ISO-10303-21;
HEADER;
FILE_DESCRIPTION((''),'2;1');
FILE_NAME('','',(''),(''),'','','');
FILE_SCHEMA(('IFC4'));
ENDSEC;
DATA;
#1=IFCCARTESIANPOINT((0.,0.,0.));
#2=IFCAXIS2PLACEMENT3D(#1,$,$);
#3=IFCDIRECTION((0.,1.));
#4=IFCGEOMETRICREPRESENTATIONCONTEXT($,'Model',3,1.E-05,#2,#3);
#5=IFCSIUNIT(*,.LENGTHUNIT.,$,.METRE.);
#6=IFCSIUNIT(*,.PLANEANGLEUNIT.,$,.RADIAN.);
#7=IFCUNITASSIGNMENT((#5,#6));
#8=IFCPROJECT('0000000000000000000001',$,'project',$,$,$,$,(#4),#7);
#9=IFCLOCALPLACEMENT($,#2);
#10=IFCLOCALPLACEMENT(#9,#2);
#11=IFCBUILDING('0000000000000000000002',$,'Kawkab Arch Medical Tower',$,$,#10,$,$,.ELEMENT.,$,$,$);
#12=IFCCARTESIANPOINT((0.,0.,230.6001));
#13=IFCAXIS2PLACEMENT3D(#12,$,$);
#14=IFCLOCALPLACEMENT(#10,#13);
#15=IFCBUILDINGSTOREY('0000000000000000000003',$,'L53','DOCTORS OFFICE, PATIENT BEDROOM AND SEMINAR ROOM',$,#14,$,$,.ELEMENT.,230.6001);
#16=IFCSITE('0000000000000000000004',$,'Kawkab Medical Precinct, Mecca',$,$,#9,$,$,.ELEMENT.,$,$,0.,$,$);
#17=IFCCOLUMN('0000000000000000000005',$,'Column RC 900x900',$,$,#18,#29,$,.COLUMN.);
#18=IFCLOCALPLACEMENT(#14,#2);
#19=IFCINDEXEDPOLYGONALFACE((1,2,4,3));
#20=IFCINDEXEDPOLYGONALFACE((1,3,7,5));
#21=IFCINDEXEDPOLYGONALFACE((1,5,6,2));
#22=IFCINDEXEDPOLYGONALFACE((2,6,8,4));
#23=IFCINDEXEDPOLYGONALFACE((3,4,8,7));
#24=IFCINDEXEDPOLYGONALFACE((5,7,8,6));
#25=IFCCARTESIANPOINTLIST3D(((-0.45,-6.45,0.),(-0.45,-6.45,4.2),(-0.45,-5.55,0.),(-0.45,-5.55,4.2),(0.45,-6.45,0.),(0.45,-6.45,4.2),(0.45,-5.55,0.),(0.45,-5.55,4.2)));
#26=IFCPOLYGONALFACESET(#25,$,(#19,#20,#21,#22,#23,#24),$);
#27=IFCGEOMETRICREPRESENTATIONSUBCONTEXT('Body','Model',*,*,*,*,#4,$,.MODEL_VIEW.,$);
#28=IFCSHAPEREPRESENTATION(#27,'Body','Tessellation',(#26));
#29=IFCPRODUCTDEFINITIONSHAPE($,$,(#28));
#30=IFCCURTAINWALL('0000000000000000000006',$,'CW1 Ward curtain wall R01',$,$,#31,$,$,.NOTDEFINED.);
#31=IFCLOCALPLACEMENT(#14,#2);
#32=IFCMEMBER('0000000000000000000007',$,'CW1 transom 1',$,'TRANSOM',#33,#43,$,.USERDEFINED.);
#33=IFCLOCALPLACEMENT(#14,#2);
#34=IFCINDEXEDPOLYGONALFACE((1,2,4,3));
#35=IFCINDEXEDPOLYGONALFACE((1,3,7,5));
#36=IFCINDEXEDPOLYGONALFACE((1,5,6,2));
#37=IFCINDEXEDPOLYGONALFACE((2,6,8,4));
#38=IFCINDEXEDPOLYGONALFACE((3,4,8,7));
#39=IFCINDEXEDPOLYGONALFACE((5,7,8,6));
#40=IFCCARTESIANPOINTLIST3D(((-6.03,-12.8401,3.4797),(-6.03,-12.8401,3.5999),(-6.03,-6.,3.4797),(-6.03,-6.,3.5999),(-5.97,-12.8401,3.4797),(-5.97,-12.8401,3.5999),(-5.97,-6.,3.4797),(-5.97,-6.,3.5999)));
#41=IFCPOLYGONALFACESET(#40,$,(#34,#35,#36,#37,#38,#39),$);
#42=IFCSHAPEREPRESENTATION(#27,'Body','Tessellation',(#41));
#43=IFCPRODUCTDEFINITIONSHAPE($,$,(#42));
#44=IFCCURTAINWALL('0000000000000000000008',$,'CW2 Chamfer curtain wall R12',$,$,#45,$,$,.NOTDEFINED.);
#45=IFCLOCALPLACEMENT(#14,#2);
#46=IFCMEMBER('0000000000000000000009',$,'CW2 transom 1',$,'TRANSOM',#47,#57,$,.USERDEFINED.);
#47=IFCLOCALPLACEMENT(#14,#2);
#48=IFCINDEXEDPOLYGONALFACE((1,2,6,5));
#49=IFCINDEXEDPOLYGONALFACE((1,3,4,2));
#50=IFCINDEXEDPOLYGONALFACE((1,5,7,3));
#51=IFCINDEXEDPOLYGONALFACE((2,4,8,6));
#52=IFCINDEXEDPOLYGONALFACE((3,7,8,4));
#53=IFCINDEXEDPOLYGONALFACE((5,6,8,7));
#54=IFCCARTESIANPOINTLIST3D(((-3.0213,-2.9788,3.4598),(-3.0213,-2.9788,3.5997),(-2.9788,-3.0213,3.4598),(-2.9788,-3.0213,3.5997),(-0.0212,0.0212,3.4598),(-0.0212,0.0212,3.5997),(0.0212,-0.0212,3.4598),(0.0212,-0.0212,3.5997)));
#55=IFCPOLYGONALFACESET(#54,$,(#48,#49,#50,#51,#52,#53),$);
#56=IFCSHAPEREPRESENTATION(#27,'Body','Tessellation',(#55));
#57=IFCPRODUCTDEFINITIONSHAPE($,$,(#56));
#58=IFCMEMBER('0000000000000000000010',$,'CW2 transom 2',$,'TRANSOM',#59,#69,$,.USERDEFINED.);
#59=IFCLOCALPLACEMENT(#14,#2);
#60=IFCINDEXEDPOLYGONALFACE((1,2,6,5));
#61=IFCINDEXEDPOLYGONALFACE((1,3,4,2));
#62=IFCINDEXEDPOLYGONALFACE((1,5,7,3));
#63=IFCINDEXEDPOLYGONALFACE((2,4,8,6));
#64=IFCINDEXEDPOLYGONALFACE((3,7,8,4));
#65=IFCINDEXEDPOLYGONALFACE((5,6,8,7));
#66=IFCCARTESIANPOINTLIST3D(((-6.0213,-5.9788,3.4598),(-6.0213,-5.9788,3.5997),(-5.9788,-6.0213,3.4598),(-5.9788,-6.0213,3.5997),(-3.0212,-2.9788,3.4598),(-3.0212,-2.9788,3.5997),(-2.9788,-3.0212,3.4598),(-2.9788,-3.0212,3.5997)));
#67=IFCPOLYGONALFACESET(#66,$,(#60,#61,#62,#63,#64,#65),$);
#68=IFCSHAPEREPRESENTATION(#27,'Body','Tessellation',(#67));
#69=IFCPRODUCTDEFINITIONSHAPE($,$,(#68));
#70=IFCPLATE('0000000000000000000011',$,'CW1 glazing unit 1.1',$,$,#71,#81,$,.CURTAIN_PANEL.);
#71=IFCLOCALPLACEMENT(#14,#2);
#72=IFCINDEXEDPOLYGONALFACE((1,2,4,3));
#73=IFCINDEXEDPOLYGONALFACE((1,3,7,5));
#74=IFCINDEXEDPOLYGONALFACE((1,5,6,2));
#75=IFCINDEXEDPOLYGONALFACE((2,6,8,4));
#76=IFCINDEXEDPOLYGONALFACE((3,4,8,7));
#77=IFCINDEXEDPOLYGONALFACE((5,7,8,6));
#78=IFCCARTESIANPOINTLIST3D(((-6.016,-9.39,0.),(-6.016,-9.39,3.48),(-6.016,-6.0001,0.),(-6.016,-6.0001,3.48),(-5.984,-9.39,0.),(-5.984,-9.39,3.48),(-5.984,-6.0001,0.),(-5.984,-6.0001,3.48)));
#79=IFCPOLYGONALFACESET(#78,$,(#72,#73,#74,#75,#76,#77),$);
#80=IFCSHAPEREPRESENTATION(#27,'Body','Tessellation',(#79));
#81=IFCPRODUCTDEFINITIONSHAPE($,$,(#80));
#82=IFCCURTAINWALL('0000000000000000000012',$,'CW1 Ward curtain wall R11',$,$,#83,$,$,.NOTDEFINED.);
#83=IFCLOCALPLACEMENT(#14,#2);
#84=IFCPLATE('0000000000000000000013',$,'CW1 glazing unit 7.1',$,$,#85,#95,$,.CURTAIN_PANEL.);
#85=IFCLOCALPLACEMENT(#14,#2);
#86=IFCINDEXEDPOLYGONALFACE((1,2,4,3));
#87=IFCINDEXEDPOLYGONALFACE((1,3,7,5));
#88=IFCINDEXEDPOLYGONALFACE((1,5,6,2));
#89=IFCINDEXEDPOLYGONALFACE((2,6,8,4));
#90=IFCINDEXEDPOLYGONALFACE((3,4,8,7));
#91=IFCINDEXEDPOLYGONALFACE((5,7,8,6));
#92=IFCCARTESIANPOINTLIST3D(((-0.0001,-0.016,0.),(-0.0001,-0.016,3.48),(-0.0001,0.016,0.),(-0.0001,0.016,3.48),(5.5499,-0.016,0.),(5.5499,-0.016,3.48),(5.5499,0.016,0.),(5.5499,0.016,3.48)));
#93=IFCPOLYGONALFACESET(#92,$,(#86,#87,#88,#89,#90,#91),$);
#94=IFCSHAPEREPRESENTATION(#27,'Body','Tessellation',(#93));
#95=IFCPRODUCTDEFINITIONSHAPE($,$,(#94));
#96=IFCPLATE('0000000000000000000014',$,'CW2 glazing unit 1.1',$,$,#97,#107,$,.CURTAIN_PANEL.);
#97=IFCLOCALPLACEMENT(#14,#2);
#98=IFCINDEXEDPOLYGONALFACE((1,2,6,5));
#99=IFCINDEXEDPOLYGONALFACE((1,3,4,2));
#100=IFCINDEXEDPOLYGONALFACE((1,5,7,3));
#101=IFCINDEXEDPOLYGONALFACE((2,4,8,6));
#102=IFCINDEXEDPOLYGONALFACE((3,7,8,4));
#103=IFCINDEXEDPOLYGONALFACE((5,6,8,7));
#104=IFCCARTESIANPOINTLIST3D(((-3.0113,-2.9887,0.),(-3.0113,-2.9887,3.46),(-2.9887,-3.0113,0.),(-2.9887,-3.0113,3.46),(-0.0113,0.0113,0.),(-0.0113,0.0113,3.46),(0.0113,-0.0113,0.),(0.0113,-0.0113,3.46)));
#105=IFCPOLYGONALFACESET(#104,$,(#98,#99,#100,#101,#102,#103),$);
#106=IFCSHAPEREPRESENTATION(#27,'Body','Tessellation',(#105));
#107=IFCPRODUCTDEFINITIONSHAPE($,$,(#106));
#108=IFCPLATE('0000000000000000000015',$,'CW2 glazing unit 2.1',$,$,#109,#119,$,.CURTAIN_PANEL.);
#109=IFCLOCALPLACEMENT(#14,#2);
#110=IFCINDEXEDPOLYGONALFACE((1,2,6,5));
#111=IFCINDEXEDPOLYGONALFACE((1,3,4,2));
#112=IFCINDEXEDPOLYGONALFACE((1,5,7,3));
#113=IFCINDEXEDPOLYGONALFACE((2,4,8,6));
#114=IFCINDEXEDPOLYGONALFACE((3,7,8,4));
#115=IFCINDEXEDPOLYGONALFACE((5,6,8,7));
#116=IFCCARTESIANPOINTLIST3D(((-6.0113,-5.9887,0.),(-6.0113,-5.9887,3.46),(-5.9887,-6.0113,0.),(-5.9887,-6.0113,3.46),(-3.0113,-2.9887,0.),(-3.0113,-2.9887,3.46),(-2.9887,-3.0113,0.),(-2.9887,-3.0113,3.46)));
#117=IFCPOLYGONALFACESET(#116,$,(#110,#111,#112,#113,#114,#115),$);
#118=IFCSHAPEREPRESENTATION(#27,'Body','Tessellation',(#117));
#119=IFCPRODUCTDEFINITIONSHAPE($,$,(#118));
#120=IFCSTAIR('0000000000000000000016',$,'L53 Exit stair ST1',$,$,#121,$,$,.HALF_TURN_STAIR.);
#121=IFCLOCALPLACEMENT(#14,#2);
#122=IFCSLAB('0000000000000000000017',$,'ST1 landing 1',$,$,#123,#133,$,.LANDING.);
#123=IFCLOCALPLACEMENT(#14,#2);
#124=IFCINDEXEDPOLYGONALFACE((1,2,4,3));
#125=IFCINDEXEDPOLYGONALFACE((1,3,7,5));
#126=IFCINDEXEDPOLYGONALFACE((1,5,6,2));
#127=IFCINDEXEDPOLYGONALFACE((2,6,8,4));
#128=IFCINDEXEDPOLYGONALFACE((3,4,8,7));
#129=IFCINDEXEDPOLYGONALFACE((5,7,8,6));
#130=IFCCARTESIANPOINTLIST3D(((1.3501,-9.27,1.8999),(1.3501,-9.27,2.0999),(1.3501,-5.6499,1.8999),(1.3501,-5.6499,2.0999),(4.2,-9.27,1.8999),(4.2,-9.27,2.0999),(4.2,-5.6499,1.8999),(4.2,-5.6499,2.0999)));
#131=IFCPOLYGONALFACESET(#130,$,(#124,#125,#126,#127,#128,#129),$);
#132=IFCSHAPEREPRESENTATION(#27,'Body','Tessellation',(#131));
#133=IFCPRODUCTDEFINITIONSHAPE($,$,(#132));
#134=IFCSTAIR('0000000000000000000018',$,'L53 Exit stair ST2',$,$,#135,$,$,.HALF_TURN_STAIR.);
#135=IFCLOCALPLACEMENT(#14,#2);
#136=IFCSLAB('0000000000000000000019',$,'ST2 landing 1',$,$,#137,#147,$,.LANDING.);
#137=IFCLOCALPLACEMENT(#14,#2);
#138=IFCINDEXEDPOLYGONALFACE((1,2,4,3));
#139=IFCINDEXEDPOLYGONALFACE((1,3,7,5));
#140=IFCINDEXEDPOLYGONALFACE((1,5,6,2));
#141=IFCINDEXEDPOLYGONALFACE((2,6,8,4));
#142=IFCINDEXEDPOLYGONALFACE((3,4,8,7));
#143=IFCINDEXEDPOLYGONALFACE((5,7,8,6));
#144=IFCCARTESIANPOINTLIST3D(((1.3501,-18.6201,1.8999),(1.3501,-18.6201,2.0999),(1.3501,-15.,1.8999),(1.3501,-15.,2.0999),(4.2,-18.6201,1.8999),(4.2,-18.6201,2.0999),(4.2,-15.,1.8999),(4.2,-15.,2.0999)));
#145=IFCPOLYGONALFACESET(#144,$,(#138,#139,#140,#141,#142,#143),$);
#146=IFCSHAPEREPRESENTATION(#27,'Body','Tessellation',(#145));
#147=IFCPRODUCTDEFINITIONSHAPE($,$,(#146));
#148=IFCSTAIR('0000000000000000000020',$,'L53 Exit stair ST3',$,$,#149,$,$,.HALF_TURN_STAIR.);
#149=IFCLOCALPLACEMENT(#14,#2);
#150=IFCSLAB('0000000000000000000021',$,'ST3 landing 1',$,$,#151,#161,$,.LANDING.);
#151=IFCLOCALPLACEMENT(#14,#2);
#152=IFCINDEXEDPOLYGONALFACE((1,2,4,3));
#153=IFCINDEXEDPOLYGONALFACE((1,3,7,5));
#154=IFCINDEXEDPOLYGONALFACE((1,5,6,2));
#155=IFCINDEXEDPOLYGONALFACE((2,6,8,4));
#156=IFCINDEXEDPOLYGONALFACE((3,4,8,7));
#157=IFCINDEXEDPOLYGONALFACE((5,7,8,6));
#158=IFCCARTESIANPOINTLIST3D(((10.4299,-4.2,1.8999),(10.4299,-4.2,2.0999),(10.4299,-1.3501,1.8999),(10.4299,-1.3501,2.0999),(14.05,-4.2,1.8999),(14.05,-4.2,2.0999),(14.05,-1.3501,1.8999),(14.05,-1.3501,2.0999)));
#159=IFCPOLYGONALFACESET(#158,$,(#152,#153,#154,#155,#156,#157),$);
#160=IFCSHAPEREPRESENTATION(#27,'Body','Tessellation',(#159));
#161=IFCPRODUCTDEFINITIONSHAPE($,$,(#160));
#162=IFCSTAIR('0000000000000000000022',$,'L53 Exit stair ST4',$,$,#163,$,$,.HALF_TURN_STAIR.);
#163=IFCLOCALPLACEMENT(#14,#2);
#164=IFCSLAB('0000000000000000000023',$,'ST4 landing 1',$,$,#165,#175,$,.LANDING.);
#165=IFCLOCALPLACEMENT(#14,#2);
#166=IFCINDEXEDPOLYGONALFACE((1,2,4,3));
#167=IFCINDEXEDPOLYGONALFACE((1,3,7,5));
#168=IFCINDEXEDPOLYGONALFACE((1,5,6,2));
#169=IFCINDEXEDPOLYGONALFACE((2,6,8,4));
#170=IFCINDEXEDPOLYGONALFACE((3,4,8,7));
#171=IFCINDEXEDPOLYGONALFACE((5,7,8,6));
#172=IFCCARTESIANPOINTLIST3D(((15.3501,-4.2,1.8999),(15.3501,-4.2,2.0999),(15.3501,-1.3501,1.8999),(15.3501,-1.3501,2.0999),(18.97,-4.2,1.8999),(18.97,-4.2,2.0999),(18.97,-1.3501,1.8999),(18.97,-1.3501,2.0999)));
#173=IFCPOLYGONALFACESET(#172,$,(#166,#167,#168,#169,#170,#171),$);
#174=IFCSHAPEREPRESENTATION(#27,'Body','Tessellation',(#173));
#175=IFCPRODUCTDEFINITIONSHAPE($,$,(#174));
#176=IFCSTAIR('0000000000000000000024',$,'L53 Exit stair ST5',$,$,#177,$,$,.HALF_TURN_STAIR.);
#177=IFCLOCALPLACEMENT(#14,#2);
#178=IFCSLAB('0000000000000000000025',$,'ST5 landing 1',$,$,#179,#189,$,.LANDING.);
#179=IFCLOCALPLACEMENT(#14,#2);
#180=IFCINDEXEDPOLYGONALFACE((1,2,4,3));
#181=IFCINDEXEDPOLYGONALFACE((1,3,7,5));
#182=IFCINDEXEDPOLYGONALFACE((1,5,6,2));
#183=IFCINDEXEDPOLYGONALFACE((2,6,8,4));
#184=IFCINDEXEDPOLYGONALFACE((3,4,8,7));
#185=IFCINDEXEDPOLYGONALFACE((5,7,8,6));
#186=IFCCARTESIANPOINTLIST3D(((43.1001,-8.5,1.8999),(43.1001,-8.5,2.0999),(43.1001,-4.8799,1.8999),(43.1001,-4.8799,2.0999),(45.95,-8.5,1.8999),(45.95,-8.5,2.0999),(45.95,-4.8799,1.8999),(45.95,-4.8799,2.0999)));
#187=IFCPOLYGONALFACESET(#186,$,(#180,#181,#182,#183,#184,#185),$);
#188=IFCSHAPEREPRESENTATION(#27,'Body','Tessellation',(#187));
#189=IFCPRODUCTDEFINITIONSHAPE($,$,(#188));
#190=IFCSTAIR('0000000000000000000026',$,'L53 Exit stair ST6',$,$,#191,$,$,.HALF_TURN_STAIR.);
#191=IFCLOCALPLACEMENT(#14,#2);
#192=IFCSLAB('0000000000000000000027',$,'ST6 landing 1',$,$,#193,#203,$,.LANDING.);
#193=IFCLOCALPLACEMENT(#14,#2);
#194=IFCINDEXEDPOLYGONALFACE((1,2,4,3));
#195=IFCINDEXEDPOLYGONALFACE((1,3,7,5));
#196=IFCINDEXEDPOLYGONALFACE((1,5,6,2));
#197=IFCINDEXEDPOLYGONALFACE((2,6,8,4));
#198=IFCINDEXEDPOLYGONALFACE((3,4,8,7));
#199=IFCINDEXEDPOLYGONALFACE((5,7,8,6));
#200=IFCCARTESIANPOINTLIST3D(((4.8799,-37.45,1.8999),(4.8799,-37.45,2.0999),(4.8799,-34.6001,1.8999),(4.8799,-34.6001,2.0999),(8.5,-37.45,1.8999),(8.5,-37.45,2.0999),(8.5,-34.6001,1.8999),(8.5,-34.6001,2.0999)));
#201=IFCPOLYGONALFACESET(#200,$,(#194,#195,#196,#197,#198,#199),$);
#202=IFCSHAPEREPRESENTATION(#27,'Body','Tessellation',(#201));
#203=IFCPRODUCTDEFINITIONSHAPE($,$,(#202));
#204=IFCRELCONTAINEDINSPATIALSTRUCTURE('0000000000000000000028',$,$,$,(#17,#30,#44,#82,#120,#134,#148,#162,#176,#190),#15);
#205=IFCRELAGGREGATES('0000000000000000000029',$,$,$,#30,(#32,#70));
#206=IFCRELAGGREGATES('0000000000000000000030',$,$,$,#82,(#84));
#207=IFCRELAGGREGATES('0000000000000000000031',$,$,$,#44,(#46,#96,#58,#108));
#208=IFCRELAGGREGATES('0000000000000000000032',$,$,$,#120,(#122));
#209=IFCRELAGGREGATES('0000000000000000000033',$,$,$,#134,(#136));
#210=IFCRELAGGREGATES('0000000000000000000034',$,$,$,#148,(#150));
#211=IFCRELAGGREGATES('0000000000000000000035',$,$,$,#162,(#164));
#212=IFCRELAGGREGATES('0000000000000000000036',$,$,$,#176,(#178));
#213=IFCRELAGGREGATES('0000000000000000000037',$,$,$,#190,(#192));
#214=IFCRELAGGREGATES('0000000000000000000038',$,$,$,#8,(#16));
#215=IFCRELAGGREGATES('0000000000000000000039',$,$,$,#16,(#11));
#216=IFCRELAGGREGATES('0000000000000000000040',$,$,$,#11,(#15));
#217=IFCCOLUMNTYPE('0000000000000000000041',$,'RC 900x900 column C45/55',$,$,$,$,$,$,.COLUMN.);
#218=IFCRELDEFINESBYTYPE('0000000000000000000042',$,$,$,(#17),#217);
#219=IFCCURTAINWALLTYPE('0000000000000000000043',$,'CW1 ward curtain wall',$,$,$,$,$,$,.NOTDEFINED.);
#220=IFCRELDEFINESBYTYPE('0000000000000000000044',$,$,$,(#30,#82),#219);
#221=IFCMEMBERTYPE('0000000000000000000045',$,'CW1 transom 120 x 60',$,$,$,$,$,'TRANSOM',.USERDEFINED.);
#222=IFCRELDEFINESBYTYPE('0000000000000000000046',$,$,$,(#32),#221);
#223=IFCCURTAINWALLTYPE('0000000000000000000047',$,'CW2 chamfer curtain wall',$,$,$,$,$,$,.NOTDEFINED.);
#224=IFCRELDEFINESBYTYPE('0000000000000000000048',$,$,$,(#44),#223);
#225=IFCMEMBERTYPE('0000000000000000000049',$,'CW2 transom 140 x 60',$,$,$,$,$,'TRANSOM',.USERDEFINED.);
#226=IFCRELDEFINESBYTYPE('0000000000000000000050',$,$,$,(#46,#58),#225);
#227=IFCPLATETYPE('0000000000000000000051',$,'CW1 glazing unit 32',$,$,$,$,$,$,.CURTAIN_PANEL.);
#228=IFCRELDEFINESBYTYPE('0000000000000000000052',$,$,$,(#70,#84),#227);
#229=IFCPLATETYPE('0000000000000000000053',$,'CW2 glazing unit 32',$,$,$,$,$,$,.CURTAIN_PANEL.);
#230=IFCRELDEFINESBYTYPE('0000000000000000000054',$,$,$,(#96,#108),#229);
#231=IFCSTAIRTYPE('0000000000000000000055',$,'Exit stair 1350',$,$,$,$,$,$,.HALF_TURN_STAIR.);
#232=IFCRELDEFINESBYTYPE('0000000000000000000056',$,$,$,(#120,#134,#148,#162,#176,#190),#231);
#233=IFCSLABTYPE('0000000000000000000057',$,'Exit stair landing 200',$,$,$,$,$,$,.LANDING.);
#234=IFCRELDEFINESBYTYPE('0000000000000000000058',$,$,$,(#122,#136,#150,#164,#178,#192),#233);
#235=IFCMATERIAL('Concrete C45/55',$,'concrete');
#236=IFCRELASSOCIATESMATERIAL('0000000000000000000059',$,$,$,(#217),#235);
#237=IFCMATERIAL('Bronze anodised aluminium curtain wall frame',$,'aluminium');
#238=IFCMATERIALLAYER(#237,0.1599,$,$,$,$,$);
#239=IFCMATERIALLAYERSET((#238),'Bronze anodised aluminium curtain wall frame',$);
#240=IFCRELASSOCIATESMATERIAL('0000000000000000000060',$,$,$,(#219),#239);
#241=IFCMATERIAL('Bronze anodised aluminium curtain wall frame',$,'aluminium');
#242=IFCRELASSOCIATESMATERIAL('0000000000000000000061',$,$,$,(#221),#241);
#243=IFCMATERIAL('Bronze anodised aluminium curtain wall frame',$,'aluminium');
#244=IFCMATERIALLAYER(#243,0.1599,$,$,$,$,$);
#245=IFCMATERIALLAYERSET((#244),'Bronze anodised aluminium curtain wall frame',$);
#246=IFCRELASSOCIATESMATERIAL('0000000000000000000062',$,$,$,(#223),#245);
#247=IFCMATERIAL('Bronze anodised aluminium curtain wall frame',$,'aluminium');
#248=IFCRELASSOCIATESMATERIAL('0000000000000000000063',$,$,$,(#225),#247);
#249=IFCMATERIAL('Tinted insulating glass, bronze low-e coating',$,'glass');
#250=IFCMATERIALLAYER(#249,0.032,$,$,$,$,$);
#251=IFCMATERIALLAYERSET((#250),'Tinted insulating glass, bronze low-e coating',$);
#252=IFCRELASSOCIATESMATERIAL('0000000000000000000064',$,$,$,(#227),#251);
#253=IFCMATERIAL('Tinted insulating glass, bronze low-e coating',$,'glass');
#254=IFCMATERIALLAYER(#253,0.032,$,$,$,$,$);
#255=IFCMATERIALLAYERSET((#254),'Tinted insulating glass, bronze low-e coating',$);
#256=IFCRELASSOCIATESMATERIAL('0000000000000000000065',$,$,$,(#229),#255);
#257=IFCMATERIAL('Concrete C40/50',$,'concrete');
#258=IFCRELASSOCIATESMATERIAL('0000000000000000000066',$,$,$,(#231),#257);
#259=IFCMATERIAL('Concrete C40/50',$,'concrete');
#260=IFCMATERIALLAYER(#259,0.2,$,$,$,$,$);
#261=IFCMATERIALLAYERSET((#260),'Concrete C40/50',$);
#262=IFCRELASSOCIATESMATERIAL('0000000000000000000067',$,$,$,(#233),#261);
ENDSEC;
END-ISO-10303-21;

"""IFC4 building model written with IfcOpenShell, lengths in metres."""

from ifc_helpers import new_model, si_unit, direction, frame, origin, origin_2d, place, context, subcontext, project, spatial, polyline, rectangle, outline, extrude, material, layer, layer_set, material_profile, profile_set, type_object, element, aggregate, save


model = new_model("IFC4")

# Units and contexts
model_context = context("Model", 3, precision=1e-05, world=origin(), true_north=direction((0.0, 1.0)))
body_context = subcontext(model_context, "Body", "Model", "MODEL_VIEW")
ifc_project = project(units=[si_unit("LENGTHUNIT", "METRE"), si_unit("PLANEANGLEUNIT", "RADIAN")], contexts=[model_context])

# Site, building, storey
site_placement = place(None, origin())
site = spatial("IfcSite", under=ifc_project, at=site_placement, Name="Kawkab Medical Precinct, Mecca", CompositionType="ELEMENT", RefElevation=0.0)
building_placement = place(site_placement, origin())
building = spatial("IfcBuilding", under=site, at=building_placement, Name="Kawkab Arch Medical Tower", CompositionType="ELEMENT")
storey_placement = place(building_placement, frame((0.0, 0.0, 230.6001)))
storey = spatial("IfcBuildingStorey", under=building, at=storey_placement, Name="L53", Description="DOCTORS OFFICE, PATIENT BEDROOM AND SEMINAR ROOM", CompositionType="ELEMENT", Elevation=230.6001)

# Column
ifc_material_1 = material(Name="Concrete C45/55", Category="concrete")
ifc_material_profile_1 = material_profile(ifc_material_1, rectangle(XDim=0.8999, YDim=0.8999, at=origin_2d()), Name="RC 900x900")
ifc_profile_set_1 = profile_set([ifc_material_profile_1], Name="Concrete C45/55")
column_type = type_object("IfcColumnType", Name="RC 900x900 column C45/55", PredefinedType="COLUMN", material=ifc_profile_set_1)
column_placement = place(storey_placement, frame((0.0, -6.0, 0.0), z_axis=(0.0, 0.0, 1.0), x_axis=(1.0, 0.0, 0.0)))
element("IfcColumn", 1, at=column_placement, inside=storey, type_object=column_type, Name="Column RC 900x900", PredefinedType="COLUMN", context=body_context, shape_type="SweptSolid", body=[
    extrude(rectangle(XDim=0.8999, YDim=0.8999, at=origin_2d()), origin(), (0.0, 0.0, 1.0), 4.2),
])

# Curtain wall, member
ifc_material_2 = material(Name="Bronze anodised aluminium curtain wall frame", Category="aluminium")
ifc_layer_1 = layer(ifc_material_2, 0.1599)
ifc_layer_set_1 = layer_set([ifc_layer_1], Name="Bronze anodised aluminium curtain wall frame")
curtain_wall_type_1 = type_object("IfcCurtainWallType", Name="CW1 ward curtain wall", PredefinedType="NOTDEFINED", material=ifc_layer_set_1)
placement_1 = place(storey_placement, origin())
curtain_wall_1 = element("IfcCurtainWall", 2, at=placement_1, inside=storey, type_object=curtain_wall_type_1, Name="CW1 Ward curtain wall R01", PredefinedType="NOTDEFINED")
ifc_material_3 = material(Name="Bronze anodised aluminium curtain wall frame", Category="aluminium")
ifc_material_profile_2 = material_profile(ifc_material_3, rectangle(XDim=0.0601, YDim=0.1201, at=origin_2d()), Name="AL 60x120")
ifc_profile_set_2 = profile_set([ifc_material_profile_2], Name="Bronze anodised aluminium curtain wall frame")
member_type_1 = type_object("IfcMemberType", Name="CW1 transom 120 x 60", ElementType="TRANSOM", PredefinedType="USERDEFINED", material=ifc_profile_set_2)
member_1_placement = place(storey_placement, frame((-6.0, -6.0, 3.5398), z_axis=(0.0, -1.0, 0.0), x_axis=(1.0, 0.0, 0.0)))
member_1 = element("IfcMember", 3, at=member_1_placement, type_object=member_type_1, Name="CW1 transom 1", ObjectType="TRANSOM", PredefinedType="USERDEFINED", context=body_context, shape_type="SweptSolid", body=[
    extrude(rectangle(XDim=0.0601, YDim=0.1201, at=origin_2d()), origin(), (0.0, 0.0, 1.0), 6.8401),
])

# Curtain wall, members
ifc_material_4 = material(Name="Bronze anodised aluminium curtain wall frame", Category="aluminium")
ifc_layer_2 = layer(ifc_material_4, 0.1599)
ifc_layer_set_2 = layer_set([ifc_layer_2], Name="Bronze anodised aluminium curtain wall frame")
curtain_wall_type_2 = type_object("IfcCurtainWallType", Name="CW2 chamfer curtain wall", PredefinedType="NOTDEFINED", material=ifc_layer_set_2)
curtain_wall_2 = element("IfcCurtainWall", 4, at=placement_1, inside=storey, type_object=curtain_wall_type_2, Name="CW2 Chamfer curtain wall R12", PredefinedType="NOTDEFINED")
ifc_material_5 = material(Name="Bronze anodised aluminium curtain wall frame", Category="aluminium")
ifc_material_profile_3 = material_profile(ifc_material_5, rectangle(XDim=0.0601, YDim=0.1399, at=origin_2d()), Name="AL 60x140")
ifc_profile_set_3 = profile_set([ifc_material_profile_3], Name="Bronze anodised aluminium curtain wall frame")
member_type_2 = type_object("IfcMemberType", Name="CW2 transom 140 x 60", ElementType="TRANSOM", PredefinedType="USERDEFINED", material=ifc_profile_set_3)
member_2_placement = place(storey_placement, frame((0.0, 0.0, 3.5298), z_axis=(-0.707107, -0.707107, 0.0), x_axis=(0.707107, -0.707107, 0.0)))
member_2 = element("IfcMember", 5, at=member_2_placement, type_object=member_type_2, Name="CW2 transom 1", ObjectType="TRANSOM", PredefinedType="USERDEFINED", context=body_context, shape_type="SweptSolid", body=[
    extrude(rectangle(XDim=0.0601, YDim=0.1399, at=origin_2d()), origin(), (0.0, 0.0, 1.0), 4.2427),
])
member_3_placement = place(storey_placement, frame((-3.0, -3.0, 3.5298), z_axis=(-0.707107, -0.707107, 0.0), x_axis=(0.707107, -0.707107, 0.0)))
member_3 = element("IfcMember", 6, at=member_3_placement, type_object=member_type_2, Name="CW2 transom 2", ObjectType="TRANSOM", PredefinedType="USERDEFINED", context=body_context, shape_type="SweptSolid", body=[
    extrude(rectangle(XDim=0.0601, YDim=0.1399, at=origin_2d()), origin(), (0.0, 0.0, 1.0), 4.2427),
])

# Plate
ifc_material_6 = material(Name="Tinted insulating glass, bronze low-e coating", Category="glass")
ifc_layer_3 = layer(ifc_material_6, 0.032)
ifc_layer_set_3 = layer_set([ifc_layer_3], Name="Tinted insulating glass, bronze low-e coating")
plate_type_1 = type_object("IfcPlateType", Name="CW1 glazing unit 32", PredefinedType="CURTAIN_PANEL", material=ifc_layer_set_3)
plate_1_placement = place(storey_placement, frame((-6.0, -7.6951, 0.0), z_axis=(0.0, 0.0, 1.0), x_axis=(0.0, -1.0, 0.0)))
plate_1 = element("IfcPlate", 7, at=plate_1_placement, type_object=plate_type_1, Name="CW1 glazing unit 1.1", PredefinedType="CURTAIN_PANEL", context=body_context, shape_type="SweptSolid", body=[
    extrude(rectangle(XDim=3.3899, YDim=0.032, at=origin_2d()), origin(), (0.0, 0.0, 1.0), 3.48),
])
aggregate(curtain_wall_1, [member_1, plate_1])

# Curtain wall, plate
curtain_wall_3 = element("IfcCurtainWall", 8, at=placement_1, inside=storey, type_object=curtain_wall_type_1, Name="CW1 Ward curtain wall R11", PredefinedType="NOTDEFINED")
plate_2_placement = place(storey_placement, frame((2.7749, 0.0, 0.0), z_axis=(0.0, 0.0, 1.0), x_axis=(-1.0, 0.0, 0.0)))
plate_2 = element("IfcPlate", 9, at=plate_2_placement, type_object=plate_type_1, Name="CW1 glazing unit 7.1", PredefinedType="CURTAIN_PANEL", context=body_context, shape_type="SweptSolid", body=[
    extrude(rectangle(XDim=5.55, YDim=0.032, at=origin_2d()), origin(), (0.0, 0.0, 1.0), 3.48),
])
aggregate(curtain_wall_3, [plate_2])

# Plates
ifc_material_7 = material(Name="Tinted insulating glass, bronze low-e coating", Category="glass")
ifc_layer_4 = layer(ifc_material_7, 0.032)
ifc_layer_set_4 = layer_set([ifc_layer_4], Name="Tinted insulating glass, bronze low-e coating")
plate_type_2 = type_object("IfcPlateType", Name="CW2 glazing unit 32", PredefinedType="CURTAIN_PANEL", material=ifc_layer_set_4)
plate_3_placement = place(storey_placement, frame((-1.5, -1.5, 0.0), z_axis=(0.0, 0.0, 1.0), x_axis=(-0.707107, -0.707107, 0.0)))
plate_3 = element("IfcPlate", 10, at=plate_3_placement, type_object=plate_type_2, Name="CW2 glazing unit 1.1", PredefinedType="CURTAIN_PANEL", context=body_context, shape_type="SweptSolid", body=[
    extrude(rectangle(XDim=4.2427, YDim=0.032, at=origin_2d()), origin(), (0.0, 0.0, 1.0), 3.46),
])
plate_4_placement = place(storey_placement, frame((-4.5, -4.5, 0.0), z_axis=(0.0, 0.0, 1.0), x_axis=(-0.707107, -0.707107, 0.0)))
plate_4 = element("IfcPlate", 11, at=plate_4_placement, type_object=plate_type_2, Name="CW2 glazing unit 2.1", PredefinedType="CURTAIN_PANEL", context=body_context, shape_type="SweptSolid", body=[
    extrude(rectangle(XDim=4.2427, YDim=0.032, at=origin_2d()), origin(), (0.0, 0.0, 1.0), 3.46),
])
aggregate(curtain_wall_2, [member_2, plate_3, member_3, plate_4])

# Stairs, slabs
ifc_material_8 = material(Name="Concrete C40/50", Category="concrete")
stair_type = type_object("IfcStairType", Name="Exit stair 1350", PredefinedType="HALF_TURN_STAIR", material=ifc_material_8)
stair_1 = element("IfcStair", 12, at=placement_1, inside=storey, type_object=stair_type, Name="L53 Exit stair ST1", PredefinedType="HALF_TURN_STAIR")
ifc_material_9 = material(Name="Concrete C40/50", Category="concrete")
ifc_layer_5 = layer(ifc_material_9, 0.2)
ifc_layer_set_5 = layer_set([ifc_layer_5], Name="Concrete C40/50")
slab_type_1 = type_object("IfcSlabType", Name="Exit stair landing 200", PredefinedType="LANDING", material=ifc_layer_set_5)
placement_2 = place(storey_placement, frame((0.0, 0.0, 1.8999)))
slab_1 = element("IfcSlab", 13, at=placement_2, type_object=slab_type_1, Name="ST1 landing 1", PredefinedType="LANDING", context=body_context, shape_type="SweptSolid", body=[
    extrude(outline(polyline([(4.2, -9.27), (4.2, -5.6499), (1.3501, -5.6499), (1.3501, -9.27), (4.2, -9.27)])), origin(), (0.0, 0.0, 1.0), 0.2),
])
aggregate(stair_1, [slab_1])
stair_2 = element("IfcStair", 14, at=placement_1, inside=storey, type_object=stair_type, Name="L53 Exit stair ST2", PredefinedType="HALF_TURN_STAIR")
slab_2 = element("IfcSlab", 15, at=placement_2, type_object=slab_type_1, Name="ST2 landing 1", PredefinedType="LANDING", context=body_context, shape_type="SweptSolid", body=[
    extrude(outline(polyline([(4.2, -18.6201), (4.2, -15.0), (1.3501, -15.0), (1.3501, -18.6201), (4.2, -18.6201)])), origin(), (0.0, 0.0, 1.0), 0.2),
])
aggregate(stair_2, [slab_2])
stair_3 = element("IfcStair", 16, at=placement_1, inside=storey, type_object=stair_type, Name="L53 Exit stair ST3", PredefinedType="HALF_TURN_STAIR")
slab_3 = element("IfcSlab", 17, at=placement_2, type_object=slab_type_1, Name="ST3 landing 1", PredefinedType="LANDING", context=body_context, shape_type="SweptSolid", body=[
    extrude(outline(polyline([(10.4299, -4.2), (14.05, -4.2), (14.05, -1.3501), (10.4299, -1.3501), (10.4299, -4.2)])), origin(), (0.0, 0.0, 1.0), 0.2),
])
aggregate(stair_3, [slab_3])
stair_4 = element("IfcStair", 18, at=placement_1, inside=storey, type_object=stair_type, Name="L53 Exit stair ST4", PredefinedType="HALF_TURN_STAIR")
slab_4 = element("IfcSlab", 19, at=placement_2, type_object=slab_type_1, Name="ST4 landing 1", PredefinedType="LANDING", context=body_context, shape_type="SweptSolid", body=[
    extrude(outline(polyline([(18.97, -1.3501), (15.3501, -1.3501), (15.3501, -4.2), (18.97, -4.2), (18.97, -1.3501)])), origin(), (0.0, 0.0, 1.0), 0.2),
])
aggregate(stair_4, [slab_4])
stair_5 = element("IfcStair", 20, at=placement_1, inside=storey, type_object=stair_type, Name="L53 Exit stair ST5", PredefinedType="HALF_TURN_STAIR")
slab_5 = element("IfcSlab", 21, at=placement_2, type_object=slab_type_1, Name="ST5 landing 1", PredefinedType="LANDING", context=body_context, shape_type="SweptSolid", body=[
    extrude(outline(polyline([(43.1001, -4.8799), (43.1001, -8.5), (45.95, -8.5), (45.95, -4.8799), (43.1001, -4.8799)])), origin(), (0.0, 0.0, 1.0), 0.2),
])
aggregate(stair_5, [slab_5])
stair_6 = element("IfcStair", 22, at=placement_1, inside=storey, type_object=stair_type, Name="L53 Exit stair ST6", PredefinedType="HALF_TURN_STAIR")
slab_6 = element("IfcSlab", 23, at=placement_2, type_object=slab_type_1, Name="ST6 landing 1", PredefinedType="LANDING", context=body_context, shape_type="SweptSolid", body=[
    extrude(outline(polyline([(4.8799, -37.45), (8.5, -37.45), (8.5, -34.6001), (4.8799, -34.6001), (4.8799, -37.45)])), origin(), (0.0, 0.0, 1.0), 0.2),
])
aggregate(stair_6, [slab_6])

save(model, "model.ifc")
